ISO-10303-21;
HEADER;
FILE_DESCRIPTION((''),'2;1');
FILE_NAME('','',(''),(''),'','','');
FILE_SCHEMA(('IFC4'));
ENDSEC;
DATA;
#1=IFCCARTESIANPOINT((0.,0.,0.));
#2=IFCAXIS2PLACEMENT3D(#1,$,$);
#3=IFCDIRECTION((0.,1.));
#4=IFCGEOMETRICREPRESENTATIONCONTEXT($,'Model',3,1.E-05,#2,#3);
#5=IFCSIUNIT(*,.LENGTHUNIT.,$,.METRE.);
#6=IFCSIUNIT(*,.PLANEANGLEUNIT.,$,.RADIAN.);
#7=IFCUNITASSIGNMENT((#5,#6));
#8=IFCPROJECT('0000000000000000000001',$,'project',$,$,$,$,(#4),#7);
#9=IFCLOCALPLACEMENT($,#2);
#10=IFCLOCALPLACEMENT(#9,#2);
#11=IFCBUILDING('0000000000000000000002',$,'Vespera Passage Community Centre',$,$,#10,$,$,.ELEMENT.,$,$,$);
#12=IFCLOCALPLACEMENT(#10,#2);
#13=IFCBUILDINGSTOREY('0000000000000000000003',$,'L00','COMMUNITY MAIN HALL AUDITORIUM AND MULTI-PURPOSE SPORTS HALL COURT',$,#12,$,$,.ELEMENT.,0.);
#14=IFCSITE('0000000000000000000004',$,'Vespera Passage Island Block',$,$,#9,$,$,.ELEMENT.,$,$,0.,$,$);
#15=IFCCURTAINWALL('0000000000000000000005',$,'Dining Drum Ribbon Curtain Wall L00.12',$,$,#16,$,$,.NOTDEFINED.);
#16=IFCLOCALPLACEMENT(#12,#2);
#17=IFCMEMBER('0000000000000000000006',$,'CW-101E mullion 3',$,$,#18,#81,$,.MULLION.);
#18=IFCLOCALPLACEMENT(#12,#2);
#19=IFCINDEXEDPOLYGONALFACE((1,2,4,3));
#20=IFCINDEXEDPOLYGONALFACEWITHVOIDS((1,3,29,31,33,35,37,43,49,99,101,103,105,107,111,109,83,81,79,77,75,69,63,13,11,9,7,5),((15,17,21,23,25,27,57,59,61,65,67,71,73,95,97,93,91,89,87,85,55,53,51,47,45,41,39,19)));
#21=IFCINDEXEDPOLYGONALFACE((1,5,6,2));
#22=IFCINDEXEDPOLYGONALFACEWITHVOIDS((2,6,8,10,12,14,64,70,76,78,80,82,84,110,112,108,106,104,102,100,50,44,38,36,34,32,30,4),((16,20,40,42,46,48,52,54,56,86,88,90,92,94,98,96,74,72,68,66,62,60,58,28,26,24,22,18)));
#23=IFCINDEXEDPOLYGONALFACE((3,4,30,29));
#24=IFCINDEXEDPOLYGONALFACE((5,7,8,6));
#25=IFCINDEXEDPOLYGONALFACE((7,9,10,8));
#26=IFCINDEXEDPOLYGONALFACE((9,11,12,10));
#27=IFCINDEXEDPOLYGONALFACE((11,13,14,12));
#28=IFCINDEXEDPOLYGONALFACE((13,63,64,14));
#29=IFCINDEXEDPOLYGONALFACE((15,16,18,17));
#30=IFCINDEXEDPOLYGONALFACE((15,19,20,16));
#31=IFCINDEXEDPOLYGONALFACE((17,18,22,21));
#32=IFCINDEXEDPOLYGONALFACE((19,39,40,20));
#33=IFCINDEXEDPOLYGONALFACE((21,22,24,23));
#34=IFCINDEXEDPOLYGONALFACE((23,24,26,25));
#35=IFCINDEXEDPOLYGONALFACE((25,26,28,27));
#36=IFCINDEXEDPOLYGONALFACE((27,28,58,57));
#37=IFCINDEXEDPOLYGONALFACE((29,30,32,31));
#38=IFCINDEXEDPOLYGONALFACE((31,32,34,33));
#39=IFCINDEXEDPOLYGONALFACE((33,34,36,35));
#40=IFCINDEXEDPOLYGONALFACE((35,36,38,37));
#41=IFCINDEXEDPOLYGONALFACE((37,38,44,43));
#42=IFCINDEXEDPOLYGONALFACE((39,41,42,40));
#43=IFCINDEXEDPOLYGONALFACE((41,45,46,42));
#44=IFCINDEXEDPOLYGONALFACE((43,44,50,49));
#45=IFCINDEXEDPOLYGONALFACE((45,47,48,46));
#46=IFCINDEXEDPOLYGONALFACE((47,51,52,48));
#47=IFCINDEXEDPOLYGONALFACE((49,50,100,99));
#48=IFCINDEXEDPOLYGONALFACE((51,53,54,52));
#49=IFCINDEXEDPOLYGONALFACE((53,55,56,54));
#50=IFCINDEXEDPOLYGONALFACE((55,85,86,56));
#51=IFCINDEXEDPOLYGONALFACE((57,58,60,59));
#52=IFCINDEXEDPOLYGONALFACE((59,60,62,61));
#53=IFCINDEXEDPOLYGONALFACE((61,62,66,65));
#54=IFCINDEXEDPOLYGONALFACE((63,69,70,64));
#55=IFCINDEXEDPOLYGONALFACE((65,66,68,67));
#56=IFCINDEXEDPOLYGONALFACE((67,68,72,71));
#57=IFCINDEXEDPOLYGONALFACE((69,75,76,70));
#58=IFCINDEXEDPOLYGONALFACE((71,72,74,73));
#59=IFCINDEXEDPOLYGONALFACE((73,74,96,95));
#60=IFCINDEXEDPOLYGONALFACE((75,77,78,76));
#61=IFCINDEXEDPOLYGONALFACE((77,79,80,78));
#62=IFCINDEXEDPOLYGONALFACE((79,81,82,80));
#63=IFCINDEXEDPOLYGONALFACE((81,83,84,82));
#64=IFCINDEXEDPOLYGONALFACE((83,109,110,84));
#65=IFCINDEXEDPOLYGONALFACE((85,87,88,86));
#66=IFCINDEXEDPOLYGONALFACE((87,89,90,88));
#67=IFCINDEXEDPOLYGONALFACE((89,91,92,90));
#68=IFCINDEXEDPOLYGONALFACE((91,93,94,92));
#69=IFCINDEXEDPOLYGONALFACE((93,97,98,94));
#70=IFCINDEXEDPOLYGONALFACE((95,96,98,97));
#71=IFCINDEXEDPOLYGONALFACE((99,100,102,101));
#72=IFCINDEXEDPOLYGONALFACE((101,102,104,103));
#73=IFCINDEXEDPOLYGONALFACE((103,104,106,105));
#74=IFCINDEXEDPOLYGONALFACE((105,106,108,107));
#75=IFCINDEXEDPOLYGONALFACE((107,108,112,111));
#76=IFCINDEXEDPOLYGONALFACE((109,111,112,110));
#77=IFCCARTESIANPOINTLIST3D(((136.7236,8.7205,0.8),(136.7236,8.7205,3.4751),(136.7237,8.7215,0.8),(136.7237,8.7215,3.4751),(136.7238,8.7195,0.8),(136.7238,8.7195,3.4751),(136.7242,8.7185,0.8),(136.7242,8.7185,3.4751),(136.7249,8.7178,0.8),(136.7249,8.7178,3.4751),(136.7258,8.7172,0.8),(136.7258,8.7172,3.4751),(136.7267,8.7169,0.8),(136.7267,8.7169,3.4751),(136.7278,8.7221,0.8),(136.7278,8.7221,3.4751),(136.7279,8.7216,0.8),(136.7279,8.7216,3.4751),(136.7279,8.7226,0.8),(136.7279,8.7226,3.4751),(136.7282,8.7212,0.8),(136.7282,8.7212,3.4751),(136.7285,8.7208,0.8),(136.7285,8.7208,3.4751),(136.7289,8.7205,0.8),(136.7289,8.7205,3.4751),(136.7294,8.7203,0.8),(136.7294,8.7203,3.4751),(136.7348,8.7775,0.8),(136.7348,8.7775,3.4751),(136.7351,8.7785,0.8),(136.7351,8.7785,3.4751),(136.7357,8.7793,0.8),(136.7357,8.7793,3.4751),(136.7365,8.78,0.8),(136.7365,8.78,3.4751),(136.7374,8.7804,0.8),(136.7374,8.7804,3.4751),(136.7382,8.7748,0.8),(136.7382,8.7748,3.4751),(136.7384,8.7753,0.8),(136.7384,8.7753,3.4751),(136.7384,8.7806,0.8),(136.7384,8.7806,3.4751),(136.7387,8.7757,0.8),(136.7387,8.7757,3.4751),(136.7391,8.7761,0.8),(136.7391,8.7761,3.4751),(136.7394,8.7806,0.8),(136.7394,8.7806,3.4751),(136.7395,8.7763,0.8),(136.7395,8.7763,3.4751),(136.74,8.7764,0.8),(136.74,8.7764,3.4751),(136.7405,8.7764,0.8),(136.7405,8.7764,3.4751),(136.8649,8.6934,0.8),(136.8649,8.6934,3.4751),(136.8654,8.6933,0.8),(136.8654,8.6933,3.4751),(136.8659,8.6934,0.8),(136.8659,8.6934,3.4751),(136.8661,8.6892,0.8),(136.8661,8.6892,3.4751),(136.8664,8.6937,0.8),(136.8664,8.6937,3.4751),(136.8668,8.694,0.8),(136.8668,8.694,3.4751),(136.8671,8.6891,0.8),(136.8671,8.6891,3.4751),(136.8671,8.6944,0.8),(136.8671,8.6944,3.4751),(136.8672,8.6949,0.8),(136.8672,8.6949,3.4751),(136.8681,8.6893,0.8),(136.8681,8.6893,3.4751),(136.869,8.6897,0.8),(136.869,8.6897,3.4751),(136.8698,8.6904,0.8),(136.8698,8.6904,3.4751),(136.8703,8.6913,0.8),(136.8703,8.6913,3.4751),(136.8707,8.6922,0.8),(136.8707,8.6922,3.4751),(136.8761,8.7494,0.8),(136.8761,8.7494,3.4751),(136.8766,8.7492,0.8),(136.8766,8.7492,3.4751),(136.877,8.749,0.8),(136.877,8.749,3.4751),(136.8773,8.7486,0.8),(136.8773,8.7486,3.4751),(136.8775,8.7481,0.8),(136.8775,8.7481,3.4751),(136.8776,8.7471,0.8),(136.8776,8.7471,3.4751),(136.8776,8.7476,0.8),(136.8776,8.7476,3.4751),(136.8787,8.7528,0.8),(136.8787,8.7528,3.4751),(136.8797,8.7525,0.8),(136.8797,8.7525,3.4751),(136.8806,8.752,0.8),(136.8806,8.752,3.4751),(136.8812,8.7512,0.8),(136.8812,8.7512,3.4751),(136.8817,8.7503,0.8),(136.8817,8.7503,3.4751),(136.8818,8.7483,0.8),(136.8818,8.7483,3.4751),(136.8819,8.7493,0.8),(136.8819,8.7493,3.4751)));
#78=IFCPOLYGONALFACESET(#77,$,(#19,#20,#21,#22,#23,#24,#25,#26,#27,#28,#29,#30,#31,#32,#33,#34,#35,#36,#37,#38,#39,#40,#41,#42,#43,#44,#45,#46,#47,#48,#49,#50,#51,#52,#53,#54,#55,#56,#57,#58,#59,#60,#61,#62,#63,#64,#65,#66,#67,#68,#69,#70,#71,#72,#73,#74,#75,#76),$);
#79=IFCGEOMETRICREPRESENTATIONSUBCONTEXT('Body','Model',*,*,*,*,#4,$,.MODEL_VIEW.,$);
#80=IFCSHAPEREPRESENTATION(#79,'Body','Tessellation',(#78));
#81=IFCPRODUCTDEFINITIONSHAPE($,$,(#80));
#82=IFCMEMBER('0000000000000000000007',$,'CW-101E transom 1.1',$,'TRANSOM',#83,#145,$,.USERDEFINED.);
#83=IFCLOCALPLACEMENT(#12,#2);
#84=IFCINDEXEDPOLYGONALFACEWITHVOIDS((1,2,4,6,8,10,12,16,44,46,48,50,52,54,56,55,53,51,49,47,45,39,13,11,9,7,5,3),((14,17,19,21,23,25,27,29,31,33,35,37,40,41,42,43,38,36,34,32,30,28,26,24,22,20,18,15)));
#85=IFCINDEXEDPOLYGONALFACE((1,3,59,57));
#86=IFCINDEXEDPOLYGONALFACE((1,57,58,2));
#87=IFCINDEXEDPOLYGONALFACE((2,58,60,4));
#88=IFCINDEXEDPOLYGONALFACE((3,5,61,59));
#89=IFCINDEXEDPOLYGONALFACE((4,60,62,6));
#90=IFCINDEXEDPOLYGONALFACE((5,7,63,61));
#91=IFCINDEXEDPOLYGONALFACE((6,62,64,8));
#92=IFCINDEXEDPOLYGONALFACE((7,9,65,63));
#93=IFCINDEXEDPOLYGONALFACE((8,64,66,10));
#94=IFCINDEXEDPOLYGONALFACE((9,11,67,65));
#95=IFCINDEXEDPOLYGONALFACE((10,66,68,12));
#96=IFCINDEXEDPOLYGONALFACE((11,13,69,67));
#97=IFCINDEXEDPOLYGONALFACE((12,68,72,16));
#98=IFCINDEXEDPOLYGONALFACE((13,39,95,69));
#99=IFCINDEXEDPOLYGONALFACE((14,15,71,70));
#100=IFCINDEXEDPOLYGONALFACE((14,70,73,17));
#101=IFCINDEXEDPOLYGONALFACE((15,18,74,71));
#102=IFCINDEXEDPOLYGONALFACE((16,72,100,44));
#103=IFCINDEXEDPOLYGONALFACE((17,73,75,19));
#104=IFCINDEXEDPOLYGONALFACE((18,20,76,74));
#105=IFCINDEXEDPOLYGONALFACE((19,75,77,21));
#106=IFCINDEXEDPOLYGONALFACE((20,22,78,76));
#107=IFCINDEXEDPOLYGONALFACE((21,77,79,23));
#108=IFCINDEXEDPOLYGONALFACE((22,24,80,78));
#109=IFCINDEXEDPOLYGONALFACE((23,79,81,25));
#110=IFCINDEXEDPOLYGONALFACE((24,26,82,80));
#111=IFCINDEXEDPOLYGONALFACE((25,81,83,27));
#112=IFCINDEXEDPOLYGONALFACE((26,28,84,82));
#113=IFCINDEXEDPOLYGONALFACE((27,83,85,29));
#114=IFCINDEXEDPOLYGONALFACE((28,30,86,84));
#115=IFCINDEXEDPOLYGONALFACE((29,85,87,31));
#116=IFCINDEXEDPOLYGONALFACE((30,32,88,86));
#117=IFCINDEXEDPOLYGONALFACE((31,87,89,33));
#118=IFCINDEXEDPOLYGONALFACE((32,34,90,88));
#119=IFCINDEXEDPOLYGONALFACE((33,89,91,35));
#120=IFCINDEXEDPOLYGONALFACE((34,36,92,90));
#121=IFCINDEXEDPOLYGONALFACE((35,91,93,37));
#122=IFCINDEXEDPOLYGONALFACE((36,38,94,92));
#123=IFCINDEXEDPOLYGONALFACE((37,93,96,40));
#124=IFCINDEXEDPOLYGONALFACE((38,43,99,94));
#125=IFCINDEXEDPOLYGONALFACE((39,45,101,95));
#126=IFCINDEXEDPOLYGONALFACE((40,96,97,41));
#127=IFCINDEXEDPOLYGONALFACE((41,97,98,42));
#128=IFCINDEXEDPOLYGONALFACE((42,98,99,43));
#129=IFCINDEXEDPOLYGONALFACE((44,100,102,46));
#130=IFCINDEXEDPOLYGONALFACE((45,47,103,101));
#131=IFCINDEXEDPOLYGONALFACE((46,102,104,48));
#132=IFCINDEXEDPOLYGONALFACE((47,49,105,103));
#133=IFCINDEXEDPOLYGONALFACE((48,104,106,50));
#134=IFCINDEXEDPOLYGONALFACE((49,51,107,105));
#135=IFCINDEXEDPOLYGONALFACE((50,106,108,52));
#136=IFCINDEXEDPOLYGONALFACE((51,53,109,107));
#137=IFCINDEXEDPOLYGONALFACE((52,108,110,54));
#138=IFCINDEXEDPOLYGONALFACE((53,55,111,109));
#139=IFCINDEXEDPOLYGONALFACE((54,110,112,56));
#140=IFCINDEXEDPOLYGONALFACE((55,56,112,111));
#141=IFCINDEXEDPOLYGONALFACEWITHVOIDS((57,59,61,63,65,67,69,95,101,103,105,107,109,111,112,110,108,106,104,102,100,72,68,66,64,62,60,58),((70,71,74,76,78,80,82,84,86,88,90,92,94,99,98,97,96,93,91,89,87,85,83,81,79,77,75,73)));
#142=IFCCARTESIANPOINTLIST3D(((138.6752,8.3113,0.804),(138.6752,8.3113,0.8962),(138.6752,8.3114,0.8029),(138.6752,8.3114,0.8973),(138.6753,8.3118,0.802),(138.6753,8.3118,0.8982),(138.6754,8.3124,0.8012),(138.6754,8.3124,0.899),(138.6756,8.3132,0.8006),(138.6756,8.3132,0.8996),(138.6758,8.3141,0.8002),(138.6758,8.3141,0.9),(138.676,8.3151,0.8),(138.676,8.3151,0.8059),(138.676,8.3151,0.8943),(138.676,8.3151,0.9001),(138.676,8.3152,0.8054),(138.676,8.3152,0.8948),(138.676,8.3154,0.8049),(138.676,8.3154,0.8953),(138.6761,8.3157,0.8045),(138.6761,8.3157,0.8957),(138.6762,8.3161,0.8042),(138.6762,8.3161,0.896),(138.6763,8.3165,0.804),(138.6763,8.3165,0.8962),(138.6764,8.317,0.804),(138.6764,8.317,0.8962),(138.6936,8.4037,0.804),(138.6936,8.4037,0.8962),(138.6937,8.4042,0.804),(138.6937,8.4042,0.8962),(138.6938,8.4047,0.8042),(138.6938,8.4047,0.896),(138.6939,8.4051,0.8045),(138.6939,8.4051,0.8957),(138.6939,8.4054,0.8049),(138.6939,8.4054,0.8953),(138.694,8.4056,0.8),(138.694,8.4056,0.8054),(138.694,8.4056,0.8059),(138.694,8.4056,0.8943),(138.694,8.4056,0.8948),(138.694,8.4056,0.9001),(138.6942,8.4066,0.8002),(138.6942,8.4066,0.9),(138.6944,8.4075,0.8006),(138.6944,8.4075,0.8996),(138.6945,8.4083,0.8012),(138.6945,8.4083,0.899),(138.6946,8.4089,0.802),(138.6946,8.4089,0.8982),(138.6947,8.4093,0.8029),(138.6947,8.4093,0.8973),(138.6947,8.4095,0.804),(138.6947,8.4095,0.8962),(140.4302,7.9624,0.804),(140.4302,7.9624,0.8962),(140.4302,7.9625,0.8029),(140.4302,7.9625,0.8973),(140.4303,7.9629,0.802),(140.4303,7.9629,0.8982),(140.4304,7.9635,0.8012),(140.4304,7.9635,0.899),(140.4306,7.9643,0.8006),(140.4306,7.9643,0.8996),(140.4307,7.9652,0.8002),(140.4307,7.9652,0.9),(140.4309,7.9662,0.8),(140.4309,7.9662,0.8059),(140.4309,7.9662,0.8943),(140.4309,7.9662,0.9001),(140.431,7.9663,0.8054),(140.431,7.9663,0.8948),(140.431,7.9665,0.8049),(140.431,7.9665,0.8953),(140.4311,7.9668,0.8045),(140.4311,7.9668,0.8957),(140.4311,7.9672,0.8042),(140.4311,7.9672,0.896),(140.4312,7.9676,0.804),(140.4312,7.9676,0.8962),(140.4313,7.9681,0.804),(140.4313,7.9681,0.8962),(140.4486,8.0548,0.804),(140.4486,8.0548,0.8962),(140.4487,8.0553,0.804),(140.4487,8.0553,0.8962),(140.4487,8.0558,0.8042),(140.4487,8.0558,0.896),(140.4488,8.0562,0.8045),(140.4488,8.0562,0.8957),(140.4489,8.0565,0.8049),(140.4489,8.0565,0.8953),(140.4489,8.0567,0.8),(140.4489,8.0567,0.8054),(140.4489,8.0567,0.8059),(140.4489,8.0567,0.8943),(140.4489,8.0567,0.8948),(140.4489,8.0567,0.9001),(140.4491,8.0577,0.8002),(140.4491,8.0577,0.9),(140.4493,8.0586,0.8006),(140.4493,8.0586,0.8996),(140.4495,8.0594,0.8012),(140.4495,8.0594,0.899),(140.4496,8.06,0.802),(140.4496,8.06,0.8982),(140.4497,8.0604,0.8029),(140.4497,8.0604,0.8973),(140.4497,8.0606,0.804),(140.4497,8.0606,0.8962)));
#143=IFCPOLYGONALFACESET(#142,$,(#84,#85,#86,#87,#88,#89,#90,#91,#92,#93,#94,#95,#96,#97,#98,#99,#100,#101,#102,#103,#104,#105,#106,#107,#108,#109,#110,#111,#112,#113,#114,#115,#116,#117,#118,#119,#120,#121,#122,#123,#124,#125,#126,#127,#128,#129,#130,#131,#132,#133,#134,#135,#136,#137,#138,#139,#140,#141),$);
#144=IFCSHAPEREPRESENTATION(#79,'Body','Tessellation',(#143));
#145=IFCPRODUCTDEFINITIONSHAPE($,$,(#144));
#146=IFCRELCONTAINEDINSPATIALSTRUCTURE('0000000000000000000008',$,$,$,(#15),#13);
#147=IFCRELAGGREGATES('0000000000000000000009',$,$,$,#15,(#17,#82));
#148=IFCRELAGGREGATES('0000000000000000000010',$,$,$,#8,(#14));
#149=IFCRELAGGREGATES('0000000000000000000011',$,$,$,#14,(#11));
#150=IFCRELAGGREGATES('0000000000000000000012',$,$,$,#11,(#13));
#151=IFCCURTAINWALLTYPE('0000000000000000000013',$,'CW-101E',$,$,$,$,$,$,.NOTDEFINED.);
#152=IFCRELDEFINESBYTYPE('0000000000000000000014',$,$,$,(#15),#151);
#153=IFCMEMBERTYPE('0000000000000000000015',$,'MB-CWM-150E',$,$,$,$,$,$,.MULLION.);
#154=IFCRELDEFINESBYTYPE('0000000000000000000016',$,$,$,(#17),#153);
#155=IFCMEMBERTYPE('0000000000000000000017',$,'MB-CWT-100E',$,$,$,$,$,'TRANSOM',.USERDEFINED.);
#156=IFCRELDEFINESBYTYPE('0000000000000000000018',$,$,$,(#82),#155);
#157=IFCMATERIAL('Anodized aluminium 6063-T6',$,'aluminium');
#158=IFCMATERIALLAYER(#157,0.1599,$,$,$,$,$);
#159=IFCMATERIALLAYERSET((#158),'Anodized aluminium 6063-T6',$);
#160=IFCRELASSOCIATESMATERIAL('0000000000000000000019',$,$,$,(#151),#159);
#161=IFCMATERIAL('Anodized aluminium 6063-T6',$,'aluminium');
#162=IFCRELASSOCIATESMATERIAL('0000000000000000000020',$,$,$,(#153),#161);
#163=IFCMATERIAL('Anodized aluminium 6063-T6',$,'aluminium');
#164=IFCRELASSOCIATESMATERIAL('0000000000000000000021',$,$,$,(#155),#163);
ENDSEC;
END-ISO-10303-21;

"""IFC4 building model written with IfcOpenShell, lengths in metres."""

from ifc_helpers import new_model, si_unit, direction, frame, origin, origin_2d, place, context, subcontext, project, spatial, hollow_rectangle, extrude, material, layer, layer_set, material_profile, profile_set, type_object, element, aggregate, save


model = new_model("IFC4")

# Units and contexts
model_context = context("Model", 3, precision=1e-05, world=origin(), true_north=direction((0.0, 1.0)))
body_context = subcontext(model_context, "Body", "Model", "MODEL_VIEW")
ifc_project = project(units=[si_unit("LENGTHUNIT", "METRE"), si_unit("PLANEANGLEUNIT", "RADIAN")], contexts=[model_context])

# Site, building, storey
site_placement = place(None, origin())
site = spatial("IfcSite", under=ifc_project, at=site_placement, Name="Vespera Passage Island Block", CompositionType="ELEMENT", RefElevation=0.0)
building_placement = place(site_placement, origin())
building = spatial("IfcBuilding", under=site, at=building_placement, Name="Vespera Passage Community Centre", CompositionType="ELEMENT")
storey_placement = place(building_placement, origin())
storey = spatial("IfcBuildingStorey", under=building, at=storey_placement, Name="L00", Description="COMMUNITY MAIN HALL AUDITORIUM AND MULTI-PURPOSE SPORTS HALL COURT", CompositionType="ELEMENT", Elevation=0.0)

# Curtain wall, members
ifc_material_1 = material(Name="Anodized aluminium 6063-T6", Category="aluminium")
ifc_layer_1 = layer(ifc_material_1, 0.1599)
ifc_layer_set_1 = layer_set([ifc_layer_1], Name="Anodized aluminium 6063-T6")
curtain_wall_type_1 = type_object("IfcCurtainWallType", Name="CW-101E", PredefinedType="NOTDEFINED", material=ifc_layer_set_1)
curtain_wall_1_placement = place(storey_placement, origin())
curtain_wall_1 = element("IfcCurtainWall", 1, at=curtain_wall_1_placement, inside=storey, type_object=curtain_wall_type_1, Name="Dining Drum Ribbon Curtain Wall L00.12", PredefinedType="NOTDEFINED")
ifc_material_2 = material(Name="Anodized aluminium 6063-T6", Category="aluminium")
ifc_material_profile_1 = material_profile(ifc_material_2, hollow_rectangle(XDim=0.0649, YDim=0.1499, WallThickness=0.0039, InnerFilletRadius=0.002, OuterFilletRadius=0.0039, at=origin_2d()), Name="ALU150X65X4")
ifc_profile_set_1 = profile_set([ifc_material_profile_1], Name="Anodized aluminium 6063-T6")
member_type_1 = type_object("IfcMemberType", Name="MB-CWM-150E", PredefinedType="MULLION", material=ifc_profile_set_1)
member_1_placement = place(storey_placement, frame((136.8027, 8.7349, 0.8), z_axis=(0.0, 0.0, 1.0), x_axis=(-0.195097, -0.980784, 0.0)))
member_1 = element("IfcMember", 2, at=member_1_placement, type_object=member_type_1, Name="CW-101E mullion 3", PredefinedType="MULLION", context=body_context, shape_type="SweptSolid", body=[
    extrude(hollow_rectangle(XDim=0.0649, YDim=0.1499, WallThickness=0.0039, InnerFilletRadius=0.002, OuterFilletRadius=0.0039, at=origin_2d()), origin(), (0.0, 0.0, 1.0), 2.675),
])
ifc_material_3 = material(Name="Anodized aluminium 6063-T6", Category="aluminium")
ifc_material_profile_2 = material_profile(ifc_material_3, hollow_rectangle(XDim=0.1001, YDim=0.1001, WallThickness=0.0039, InnerFilletRadius=0.002, OuterFilletRadius=0.0039, at=origin_2d()), Name="ALU100X100X4")
ifc_profile_set_2 = profile_set([ifc_material_profile_2], Name="Anodized aluminium 6063-T6")
member_type_2 = type_object("IfcMemberType", Name="MB-CWT-100E", ElementType="TRANSOM", PredefinedType="USERDEFINED", material=ifc_profile_set_2)
member_2_placement = place(storey_placement, frame((140.4399, 8.0115, 0.8501), z_axis=(-0.980806, 0.194988, 0.0), x_axis=(-0.194988, -0.980806, 0.0)))
member_2 = element("IfcMember", 3, at=member_2_placement, type_object=member_type_2, Name="CW-101E transom 1.1", ObjectType="TRANSOM", PredefinedType="USERDEFINED", context=body_context, shape_type="SweptSolid", body=[
    extrude(hollow_rectangle(XDim=0.1001, YDim=0.1001, WallThickness=0.0039, InnerFilletRadius=0.002, OuterFilletRadius=0.0039, at=origin_2d()), origin(), (0.0, 0.0, 1.0), 1.7893),
])

aggregate(curtain_wall_1, [member_1, member_2])

save(model, "model.ifc")
